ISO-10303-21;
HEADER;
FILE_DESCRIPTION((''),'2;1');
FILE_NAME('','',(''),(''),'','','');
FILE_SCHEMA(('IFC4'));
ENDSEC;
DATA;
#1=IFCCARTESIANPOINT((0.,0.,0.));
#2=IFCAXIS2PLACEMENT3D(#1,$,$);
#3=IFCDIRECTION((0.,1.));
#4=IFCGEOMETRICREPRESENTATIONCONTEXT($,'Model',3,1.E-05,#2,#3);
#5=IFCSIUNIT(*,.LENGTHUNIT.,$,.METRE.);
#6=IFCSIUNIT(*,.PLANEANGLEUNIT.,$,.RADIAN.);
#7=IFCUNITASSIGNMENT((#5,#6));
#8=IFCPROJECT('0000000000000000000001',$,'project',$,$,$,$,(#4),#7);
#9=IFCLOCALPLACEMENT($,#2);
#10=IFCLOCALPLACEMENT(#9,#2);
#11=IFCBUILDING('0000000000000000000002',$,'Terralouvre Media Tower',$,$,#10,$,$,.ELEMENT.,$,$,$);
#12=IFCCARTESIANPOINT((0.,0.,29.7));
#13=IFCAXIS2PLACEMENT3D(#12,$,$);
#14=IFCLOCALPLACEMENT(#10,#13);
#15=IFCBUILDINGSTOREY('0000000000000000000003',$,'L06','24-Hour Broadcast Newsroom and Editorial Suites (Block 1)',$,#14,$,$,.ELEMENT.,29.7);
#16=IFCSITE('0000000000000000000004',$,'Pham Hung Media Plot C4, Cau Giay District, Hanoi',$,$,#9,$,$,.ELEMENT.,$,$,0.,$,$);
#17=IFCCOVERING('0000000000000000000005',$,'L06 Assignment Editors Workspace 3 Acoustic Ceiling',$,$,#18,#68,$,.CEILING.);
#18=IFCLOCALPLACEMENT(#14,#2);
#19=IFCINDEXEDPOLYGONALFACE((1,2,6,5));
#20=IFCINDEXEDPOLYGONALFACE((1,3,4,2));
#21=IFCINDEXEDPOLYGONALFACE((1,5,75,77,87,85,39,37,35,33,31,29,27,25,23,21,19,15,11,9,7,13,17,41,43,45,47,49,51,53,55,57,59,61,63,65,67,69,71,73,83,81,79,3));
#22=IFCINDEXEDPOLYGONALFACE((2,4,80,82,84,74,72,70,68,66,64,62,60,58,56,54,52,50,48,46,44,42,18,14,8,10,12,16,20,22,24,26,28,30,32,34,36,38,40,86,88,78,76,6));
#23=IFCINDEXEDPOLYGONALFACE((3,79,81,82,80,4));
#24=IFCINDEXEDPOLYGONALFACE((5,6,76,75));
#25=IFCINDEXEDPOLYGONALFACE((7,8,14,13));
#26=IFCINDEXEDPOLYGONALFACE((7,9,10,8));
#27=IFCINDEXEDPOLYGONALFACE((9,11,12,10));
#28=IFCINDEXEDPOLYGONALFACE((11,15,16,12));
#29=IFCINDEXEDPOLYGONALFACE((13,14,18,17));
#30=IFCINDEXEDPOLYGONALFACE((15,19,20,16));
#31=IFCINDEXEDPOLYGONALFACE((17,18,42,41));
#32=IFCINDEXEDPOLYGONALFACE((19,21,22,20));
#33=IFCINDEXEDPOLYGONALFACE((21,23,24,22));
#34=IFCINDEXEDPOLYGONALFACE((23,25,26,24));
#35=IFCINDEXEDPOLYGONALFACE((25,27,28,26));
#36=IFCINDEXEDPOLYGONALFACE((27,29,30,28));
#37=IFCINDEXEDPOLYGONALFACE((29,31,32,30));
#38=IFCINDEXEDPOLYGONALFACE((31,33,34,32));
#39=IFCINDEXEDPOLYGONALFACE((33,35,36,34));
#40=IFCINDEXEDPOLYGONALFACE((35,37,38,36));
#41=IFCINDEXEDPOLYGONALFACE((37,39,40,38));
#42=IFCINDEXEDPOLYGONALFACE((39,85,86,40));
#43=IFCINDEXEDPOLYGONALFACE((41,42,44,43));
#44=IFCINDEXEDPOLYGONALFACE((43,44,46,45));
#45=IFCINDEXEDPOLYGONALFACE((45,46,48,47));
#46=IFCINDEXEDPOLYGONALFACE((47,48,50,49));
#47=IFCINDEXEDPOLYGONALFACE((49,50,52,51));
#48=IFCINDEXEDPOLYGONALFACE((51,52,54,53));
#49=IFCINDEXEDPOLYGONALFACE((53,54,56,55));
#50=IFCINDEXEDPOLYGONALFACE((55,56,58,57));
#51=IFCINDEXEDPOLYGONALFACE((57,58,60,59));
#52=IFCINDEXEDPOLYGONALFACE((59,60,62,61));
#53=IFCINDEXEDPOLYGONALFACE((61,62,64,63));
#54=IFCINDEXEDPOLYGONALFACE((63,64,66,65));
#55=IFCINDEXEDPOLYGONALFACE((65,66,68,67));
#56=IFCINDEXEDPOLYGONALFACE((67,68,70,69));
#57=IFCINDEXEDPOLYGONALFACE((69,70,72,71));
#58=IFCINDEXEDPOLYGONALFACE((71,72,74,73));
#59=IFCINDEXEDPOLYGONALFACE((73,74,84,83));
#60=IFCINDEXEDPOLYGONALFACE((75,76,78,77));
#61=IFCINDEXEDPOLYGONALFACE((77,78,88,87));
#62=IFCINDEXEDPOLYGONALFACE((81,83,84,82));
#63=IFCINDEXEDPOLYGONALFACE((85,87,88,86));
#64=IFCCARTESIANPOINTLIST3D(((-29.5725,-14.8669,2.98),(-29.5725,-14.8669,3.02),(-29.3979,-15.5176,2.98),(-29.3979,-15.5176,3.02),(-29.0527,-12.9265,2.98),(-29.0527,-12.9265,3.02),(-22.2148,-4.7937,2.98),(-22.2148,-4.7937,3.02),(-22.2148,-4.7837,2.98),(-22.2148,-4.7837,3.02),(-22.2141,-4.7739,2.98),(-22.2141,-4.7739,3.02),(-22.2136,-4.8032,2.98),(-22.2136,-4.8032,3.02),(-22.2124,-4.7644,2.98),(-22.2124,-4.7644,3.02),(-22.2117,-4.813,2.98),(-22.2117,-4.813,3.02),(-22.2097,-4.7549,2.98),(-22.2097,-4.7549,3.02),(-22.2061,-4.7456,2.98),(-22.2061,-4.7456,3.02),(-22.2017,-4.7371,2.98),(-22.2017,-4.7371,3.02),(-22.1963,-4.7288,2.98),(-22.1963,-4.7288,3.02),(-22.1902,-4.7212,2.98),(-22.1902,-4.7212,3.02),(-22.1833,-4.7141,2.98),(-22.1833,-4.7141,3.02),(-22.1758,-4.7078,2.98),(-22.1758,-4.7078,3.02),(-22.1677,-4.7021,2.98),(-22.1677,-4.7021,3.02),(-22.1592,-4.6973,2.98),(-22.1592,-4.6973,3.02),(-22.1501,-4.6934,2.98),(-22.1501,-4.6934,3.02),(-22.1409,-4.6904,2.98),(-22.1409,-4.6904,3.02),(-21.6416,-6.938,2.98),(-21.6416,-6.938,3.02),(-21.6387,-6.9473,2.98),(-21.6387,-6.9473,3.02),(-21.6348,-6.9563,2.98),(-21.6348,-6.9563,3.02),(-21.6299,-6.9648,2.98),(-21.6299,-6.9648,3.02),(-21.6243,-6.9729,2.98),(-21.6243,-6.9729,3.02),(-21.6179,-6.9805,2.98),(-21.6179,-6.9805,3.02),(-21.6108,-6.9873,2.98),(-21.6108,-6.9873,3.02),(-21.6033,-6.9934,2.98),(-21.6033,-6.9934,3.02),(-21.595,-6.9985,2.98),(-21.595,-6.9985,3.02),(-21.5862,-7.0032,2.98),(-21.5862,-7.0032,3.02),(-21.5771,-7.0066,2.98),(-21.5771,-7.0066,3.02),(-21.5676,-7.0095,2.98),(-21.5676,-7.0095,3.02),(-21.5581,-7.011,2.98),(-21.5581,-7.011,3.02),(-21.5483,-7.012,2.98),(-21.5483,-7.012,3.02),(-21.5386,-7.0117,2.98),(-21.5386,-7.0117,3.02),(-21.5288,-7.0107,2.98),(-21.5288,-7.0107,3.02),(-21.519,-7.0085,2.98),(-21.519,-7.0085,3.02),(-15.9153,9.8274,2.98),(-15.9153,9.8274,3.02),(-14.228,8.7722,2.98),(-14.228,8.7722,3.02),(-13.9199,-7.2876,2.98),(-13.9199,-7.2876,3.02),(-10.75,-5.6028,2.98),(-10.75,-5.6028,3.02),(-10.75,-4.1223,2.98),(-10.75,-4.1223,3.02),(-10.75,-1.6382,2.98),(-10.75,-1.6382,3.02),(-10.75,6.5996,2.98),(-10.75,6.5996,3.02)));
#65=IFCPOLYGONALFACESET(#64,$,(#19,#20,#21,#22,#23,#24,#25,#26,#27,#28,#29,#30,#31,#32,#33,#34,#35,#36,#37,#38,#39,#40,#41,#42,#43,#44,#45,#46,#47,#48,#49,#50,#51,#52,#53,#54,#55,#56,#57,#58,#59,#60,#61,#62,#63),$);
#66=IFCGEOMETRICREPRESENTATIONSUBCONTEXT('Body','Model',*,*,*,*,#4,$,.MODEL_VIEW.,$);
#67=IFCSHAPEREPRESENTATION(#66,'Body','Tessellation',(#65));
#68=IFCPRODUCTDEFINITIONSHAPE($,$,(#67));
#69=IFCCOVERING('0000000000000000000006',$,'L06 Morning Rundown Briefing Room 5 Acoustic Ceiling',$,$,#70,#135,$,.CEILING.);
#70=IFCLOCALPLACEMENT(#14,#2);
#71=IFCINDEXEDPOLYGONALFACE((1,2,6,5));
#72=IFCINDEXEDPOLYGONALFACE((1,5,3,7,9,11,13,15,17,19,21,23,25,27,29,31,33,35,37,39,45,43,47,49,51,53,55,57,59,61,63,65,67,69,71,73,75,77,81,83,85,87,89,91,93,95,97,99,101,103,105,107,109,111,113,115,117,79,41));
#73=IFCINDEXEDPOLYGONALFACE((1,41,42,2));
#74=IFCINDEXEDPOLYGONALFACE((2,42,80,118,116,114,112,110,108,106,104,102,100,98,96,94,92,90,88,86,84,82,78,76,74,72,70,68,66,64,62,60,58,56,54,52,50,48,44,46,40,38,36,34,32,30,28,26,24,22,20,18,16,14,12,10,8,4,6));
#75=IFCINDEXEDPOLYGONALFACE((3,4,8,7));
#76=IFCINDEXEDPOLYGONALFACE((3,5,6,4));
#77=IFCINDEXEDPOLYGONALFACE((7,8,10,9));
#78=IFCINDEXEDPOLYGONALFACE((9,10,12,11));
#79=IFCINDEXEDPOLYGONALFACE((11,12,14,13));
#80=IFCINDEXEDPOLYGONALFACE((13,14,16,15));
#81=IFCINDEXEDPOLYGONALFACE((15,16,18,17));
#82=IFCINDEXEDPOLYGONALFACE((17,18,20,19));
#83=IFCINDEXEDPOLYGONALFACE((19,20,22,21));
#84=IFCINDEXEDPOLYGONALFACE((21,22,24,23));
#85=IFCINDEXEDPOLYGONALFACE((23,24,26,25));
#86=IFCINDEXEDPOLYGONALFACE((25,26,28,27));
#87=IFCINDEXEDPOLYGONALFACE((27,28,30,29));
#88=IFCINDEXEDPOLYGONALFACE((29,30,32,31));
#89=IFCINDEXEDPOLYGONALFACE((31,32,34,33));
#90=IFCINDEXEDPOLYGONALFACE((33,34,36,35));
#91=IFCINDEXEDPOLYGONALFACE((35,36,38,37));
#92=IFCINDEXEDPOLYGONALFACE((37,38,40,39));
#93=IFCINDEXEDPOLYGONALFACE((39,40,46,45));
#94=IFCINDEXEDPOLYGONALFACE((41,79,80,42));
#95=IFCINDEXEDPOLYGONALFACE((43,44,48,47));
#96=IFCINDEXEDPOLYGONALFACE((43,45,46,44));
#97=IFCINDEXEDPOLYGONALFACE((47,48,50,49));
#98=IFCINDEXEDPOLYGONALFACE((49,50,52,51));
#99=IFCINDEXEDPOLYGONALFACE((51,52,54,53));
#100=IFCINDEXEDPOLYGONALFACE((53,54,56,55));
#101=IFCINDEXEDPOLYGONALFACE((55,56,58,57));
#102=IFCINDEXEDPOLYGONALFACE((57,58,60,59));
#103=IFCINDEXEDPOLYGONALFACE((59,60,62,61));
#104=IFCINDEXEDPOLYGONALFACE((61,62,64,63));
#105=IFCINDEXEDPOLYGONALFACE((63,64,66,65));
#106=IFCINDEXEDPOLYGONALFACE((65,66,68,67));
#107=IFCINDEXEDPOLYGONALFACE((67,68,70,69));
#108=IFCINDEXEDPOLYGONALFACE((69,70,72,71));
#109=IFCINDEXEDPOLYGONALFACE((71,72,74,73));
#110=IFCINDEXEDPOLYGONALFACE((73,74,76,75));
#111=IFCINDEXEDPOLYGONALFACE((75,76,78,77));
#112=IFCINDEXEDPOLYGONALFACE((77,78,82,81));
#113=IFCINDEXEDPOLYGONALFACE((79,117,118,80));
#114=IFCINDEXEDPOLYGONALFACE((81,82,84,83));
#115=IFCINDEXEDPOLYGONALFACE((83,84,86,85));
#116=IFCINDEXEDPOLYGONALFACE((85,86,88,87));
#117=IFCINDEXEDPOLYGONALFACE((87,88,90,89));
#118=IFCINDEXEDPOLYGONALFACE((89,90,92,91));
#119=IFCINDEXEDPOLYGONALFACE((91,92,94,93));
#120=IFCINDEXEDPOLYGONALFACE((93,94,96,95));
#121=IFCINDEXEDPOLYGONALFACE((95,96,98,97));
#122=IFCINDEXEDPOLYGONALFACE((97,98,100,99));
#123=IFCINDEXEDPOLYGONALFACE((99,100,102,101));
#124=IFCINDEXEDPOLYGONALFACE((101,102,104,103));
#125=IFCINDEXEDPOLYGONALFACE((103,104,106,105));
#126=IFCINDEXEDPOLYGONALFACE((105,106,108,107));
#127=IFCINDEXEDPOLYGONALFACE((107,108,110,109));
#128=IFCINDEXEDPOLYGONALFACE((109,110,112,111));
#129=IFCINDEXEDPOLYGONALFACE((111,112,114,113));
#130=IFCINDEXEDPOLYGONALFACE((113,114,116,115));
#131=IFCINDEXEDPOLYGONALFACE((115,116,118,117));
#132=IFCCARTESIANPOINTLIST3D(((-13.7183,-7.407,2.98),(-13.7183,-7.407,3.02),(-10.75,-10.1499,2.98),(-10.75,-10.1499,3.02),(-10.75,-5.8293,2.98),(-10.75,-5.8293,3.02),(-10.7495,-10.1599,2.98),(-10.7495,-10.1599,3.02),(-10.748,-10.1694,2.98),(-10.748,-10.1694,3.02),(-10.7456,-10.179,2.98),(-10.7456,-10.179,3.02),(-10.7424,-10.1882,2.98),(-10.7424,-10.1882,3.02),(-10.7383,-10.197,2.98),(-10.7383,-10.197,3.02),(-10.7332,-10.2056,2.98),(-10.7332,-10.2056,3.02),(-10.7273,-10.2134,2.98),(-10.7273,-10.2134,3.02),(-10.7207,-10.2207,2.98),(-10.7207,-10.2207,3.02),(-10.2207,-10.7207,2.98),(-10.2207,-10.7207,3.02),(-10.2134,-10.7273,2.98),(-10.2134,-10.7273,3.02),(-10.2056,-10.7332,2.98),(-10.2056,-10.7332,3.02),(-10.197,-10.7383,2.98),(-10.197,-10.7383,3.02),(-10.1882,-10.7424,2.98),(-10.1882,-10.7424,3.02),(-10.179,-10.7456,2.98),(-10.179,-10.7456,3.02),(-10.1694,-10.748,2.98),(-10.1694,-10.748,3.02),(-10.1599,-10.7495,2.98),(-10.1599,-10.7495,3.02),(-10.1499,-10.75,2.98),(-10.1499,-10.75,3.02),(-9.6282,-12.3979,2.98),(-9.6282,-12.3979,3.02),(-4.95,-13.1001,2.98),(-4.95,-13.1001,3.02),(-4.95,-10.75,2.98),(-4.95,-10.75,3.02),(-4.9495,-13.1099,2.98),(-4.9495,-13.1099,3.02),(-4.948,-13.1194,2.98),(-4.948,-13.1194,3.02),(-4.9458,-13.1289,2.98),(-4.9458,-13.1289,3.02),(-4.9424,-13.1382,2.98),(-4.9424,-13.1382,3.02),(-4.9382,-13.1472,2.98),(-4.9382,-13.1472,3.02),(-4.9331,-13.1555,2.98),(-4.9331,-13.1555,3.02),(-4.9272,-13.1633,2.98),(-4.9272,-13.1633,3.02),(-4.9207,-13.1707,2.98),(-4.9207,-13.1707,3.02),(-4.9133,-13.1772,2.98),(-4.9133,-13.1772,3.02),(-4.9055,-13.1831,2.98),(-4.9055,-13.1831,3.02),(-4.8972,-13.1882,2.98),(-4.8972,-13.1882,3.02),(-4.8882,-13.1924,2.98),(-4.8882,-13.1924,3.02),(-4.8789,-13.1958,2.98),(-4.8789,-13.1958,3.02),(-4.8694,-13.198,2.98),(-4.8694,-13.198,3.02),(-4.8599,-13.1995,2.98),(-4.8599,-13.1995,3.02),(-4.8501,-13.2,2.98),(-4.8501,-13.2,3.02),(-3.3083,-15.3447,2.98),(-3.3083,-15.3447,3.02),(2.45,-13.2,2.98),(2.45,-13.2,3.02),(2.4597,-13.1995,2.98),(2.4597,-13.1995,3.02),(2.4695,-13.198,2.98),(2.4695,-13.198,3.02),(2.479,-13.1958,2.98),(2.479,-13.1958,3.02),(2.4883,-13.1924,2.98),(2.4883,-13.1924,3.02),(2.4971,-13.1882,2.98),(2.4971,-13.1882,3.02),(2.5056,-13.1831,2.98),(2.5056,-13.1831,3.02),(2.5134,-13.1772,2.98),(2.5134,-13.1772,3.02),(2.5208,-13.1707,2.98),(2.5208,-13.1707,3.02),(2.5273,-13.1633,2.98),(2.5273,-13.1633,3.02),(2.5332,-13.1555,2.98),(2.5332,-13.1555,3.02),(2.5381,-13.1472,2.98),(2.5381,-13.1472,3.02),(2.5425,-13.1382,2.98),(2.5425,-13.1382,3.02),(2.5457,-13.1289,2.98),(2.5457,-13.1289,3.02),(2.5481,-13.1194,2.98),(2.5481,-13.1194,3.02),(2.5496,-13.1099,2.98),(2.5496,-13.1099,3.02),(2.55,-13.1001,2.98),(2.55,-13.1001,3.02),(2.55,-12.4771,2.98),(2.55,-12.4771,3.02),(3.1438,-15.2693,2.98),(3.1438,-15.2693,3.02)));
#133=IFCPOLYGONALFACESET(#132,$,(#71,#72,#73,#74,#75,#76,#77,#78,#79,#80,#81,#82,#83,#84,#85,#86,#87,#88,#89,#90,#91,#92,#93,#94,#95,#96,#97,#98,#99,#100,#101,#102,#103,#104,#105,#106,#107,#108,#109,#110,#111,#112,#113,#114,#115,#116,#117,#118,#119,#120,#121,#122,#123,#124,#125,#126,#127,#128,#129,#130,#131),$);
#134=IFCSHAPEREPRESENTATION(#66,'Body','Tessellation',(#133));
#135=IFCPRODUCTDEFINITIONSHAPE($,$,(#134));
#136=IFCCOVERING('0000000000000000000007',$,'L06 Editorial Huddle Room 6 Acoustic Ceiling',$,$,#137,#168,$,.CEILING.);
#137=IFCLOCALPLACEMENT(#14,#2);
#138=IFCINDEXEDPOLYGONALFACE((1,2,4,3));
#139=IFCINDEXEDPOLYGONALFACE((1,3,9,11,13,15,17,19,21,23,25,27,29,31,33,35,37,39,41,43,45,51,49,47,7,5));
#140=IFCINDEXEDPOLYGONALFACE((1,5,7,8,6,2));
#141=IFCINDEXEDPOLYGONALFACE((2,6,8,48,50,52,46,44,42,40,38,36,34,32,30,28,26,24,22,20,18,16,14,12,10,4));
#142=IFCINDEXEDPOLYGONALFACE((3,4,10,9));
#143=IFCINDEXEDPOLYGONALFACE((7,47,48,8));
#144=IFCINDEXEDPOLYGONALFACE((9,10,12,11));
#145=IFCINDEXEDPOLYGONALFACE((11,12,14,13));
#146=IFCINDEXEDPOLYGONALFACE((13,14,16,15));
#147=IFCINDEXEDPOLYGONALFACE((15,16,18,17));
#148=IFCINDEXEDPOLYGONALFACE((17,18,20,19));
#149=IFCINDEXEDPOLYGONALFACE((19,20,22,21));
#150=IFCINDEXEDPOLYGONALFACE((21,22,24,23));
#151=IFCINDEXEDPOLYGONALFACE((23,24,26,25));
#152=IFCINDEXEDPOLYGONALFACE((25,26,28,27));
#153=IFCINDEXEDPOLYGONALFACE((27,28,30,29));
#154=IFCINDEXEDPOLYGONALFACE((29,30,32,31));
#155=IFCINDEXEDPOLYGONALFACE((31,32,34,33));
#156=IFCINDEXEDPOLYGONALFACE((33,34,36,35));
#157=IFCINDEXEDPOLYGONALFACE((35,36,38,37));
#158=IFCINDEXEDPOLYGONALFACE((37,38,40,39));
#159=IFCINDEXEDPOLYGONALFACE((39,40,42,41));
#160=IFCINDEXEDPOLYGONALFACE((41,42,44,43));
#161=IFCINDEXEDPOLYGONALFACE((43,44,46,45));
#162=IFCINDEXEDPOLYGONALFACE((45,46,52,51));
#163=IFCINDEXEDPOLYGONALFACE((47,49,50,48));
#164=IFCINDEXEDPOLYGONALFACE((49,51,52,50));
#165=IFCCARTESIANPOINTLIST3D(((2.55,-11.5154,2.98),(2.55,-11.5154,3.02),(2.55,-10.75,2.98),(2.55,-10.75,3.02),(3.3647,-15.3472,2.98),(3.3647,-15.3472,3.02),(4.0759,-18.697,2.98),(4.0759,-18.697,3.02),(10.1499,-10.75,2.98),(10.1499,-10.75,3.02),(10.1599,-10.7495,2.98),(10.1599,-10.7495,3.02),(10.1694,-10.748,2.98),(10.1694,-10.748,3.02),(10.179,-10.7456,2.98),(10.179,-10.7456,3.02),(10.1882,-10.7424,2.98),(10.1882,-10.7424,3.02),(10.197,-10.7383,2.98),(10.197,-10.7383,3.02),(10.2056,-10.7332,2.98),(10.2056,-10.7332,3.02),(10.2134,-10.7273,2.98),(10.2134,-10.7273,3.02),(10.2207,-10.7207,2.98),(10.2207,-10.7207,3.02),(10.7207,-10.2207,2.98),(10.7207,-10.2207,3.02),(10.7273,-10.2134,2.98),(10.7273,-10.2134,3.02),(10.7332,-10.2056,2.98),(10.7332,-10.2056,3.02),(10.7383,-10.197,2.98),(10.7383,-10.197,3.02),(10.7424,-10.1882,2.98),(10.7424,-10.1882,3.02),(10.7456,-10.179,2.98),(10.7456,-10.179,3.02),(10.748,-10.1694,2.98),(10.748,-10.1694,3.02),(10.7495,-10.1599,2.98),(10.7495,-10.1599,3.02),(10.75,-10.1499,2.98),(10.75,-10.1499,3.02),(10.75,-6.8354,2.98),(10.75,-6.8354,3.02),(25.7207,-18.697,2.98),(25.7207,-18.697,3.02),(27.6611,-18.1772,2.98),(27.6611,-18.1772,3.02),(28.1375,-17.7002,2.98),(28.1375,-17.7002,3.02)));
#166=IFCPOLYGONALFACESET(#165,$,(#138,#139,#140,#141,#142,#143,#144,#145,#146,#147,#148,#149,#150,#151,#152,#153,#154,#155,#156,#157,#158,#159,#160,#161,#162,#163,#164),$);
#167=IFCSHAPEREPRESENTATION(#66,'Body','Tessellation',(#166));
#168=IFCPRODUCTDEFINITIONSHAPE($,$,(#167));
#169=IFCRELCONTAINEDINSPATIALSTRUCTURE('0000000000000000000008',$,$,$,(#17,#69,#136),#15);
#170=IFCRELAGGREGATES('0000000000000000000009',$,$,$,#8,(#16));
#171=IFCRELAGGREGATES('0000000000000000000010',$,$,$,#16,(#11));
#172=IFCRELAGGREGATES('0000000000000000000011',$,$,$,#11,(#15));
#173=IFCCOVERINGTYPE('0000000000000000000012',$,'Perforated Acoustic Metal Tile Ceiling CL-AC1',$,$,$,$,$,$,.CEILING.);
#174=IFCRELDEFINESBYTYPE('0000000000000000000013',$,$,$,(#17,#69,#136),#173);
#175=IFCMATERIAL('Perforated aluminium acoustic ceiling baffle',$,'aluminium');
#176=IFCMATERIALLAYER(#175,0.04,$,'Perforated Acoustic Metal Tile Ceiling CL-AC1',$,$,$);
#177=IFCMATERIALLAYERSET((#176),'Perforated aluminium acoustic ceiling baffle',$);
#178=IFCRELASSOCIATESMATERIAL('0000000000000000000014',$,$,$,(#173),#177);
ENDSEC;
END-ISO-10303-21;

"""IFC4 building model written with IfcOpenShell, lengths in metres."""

from ifc_helpers import new_model, si_unit, direction, frame, origin, place, context, subcontext, project, spatial, polyline, outline, extrude, material, layer, layer_set, type_object, element, save


model = new_model("IFC4")

# Units and contexts
model_context = context("Model", 3, precision=1e-05, world=origin(), true_north=direction((0.0, 1.0)))
body_context = subcontext(model_context, "Body", "Model", "MODEL_VIEW")
ifc_project = project(units=[si_unit("LENGTHUNIT", "METRE"), si_unit("PLANEANGLEUNIT", "RADIAN")], contexts=[model_context])

# Site, building, storey
site_placement = place(None, origin())
site = spatial("IfcSite", under=ifc_project, at=site_placement, Name="Pham Hung Media Plot C4, Cau Giay District, Hanoi", CompositionType="ELEMENT", RefElevation=0.0)
building_placement = place(site_placement, origin())
building = spatial("IfcBuilding", under=site, at=building_placement, Name="Terralouvre Media Tower", CompositionType="ELEMENT")
storey_placement = place(building_placement, frame((0.0, 0.0, 29.7)))
storey = spatial("IfcBuildingStorey", under=building, at=storey_placement, Name="L06", Description="24-Hour Broadcast Newsroom and Editorial Suites (Block 1)", CompositionType="ELEMENT", Elevation=29.7)

# Coverings
ifc_material_1 = material(Name="Perforated aluminium acoustic ceiling baffle", Category="aluminium")
ifc_layer_1 = layer(ifc_material_1, 0.04, Name="Perforated Acoustic Metal Tile Ceiling CL-AC1")
ifc_layer_set_1 = layer_set([ifc_layer_1], Name="Perforated aluminium acoustic ceiling baffle")
covering_type_1 = type_object("IfcCoveringType", Name="Perforated Acoustic Metal Tile Ceiling CL-AC1", PredefinedType="CEILING", material=ifc_layer_set_1)
covering_1_placement = place(storey_placement, frame((0.0, 0.0, 2.98)))
element("IfcCovering", 1, at=covering_1_placement, inside=storey, type_object=covering_type_1, Name="L06 Assignment Editors Workspace 3 Acoustic Ceiling", PredefinedType="CEILING", context=body_context, shape_type="SweptSolid", body=[
    extrude(outline(polyline([(-10.75, -5.6028), (-10.75, -4.1223), (-21.519, -7.0085), (-21.5288, -7.0107), (-21.5386, -7.0117), (-21.5483, -7.012), (-21.5581, -7.011), (-21.5676, -7.0095), (-21.5771, -7.0066), (-21.5862, -7.0032), (-21.595, -6.9985), (-21.6033, -6.9934), (-21.6108, -6.9873), (-21.6179, -6.9805), (-21.6243, -6.9729), (-21.6299, -6.9648), (-21.6348, -6.9563), (-21.6387, -6.9473), (-21.6416, -6.938), (-22.2117, -4.813), (-22.2136, -4.8032), (-22.2148, -4.7937), (-22.2148, -4.7837), (-22.2141, -4.7739), (-22.2124, -4.7644), (-22.2097, -4.7549), (-22.2061, -4.7456), (-22.2017, -4.7371), (-22.1963, -4.7288), (-22.1902, -4.7212), (-22.1833, -4.7141), (-22.1758, -4.7078), (-22.1677, -4.7021), (-22.1592, -4.6973), (-22.1501, -4.6934), (-22.1409, -4.6904), (-10.75, -1.6382), (-10.75, 6.5996), (-14.228, 8.7722), (-15.9153, 9.8274), (-29.0527, -12.9265), (-29.5725, -14.8669), (-29.3979, -15.5176), (-13.9199, -7.2876), (-10.75, -5.6028)])), origin(), (0.0, 0.0, 1.0), 0.04),
])
covering_2_placement = place(storey_placement, frame((0.0, 0.0, 2.98)))
element("IfcCovering", 2, at=covering_2_placement, inside=storey, type_object=covering_type_1, Name="L06 Morning Rundown Briefing Room 5 Acoustic Ceiling", PredefinedType="CEILING", context=body_context, shape_type="SweptSolid", body=[
    extrude(outline(polyline([(-9.6282, -12.3979), (-3.3083, -15.3447), (3.1438, -15.2693), (2.55, -12.4771), (2.55, -13.1001), (2.5496, -13.1099), (2.5481, -13.1194), (2.5457, -13.1289), (2.5425, -13.1382), (2.5381, -13.1472), (2.5332, -13.1555), (2.5273, -13.1633), (2.5208, -13.1707), (2.5134, -13.1772), (2.5056, -13.1831), (2.4971, -13.1882), (2.4883, -13.1924), (2.479, -13.1958), (2.4695, -13.198), (2.4597, -13.1995), (2.45, -13.2), (-4.8501, -13.2), (-4.8599, -13.1995), (-4.8694, -13.198), (-4.8789, -13.1958), (-4.8882, -13.1924), (-4.8972, -13.1882), (-4.9055, -13.1831), (-4.9133, -13.1772), (-4.9207, -13.1707), (-4.9272, -13.1633), (-4.9331, -13.1555), (-4.9382, -13.1472), (-4.9424, -13.1382), (-4.9458, -13.1289), (-4.948, -13.1194), (-4.9495, -13.1099), (-4.95, -13.1001), (-4.95, -10.75), (-10.1499, -10.75), (-10.1599, -10.7495), (-10.1694, -10.748), (-10.179, -10.7456), (-10.1882, -10.7424), (-10.197, -10.7383), (-10.2056, -10.7332), (-10.2134, -10.7273), (-10.2207, -10.7207), (-10.7207, -10.2207), (-10.7273, -10.2134), (-10.7332, -10.2056), (-10.7383, -10.197), (-10.7424, -10.1882), (-10.7456, -10.179), (-10.748, -10.1694), (-10.7495, -10.1599), (-10.75, -10.1499), (-10.75, -5.8293), (-13.7183, -7.407), (-9.6282, -12.3979)])), origin(), (0.0, 0.0, 1.0), 0.04),
])
covering_3_placement = place(storey_placement, frame((0.0, 0.0, 2.98)))
element("IfcCovering", 3, at=covering_3_placement, inside=storey, type_object=covering_type_1, Name="L06 Editorial Huddle Room 6 Acoustic Ceiling", PredefinedType="CEILING", context=body_context, shape_type="SweptSolid", body=[
    extrude(outline(polyline([(10.75, -10.1499), (10.7495, -10.1599), (10.748, -10.1694), (10.7456, -10.179), (10.7424, -10.1882), (10.7383, -10.197), (10.7332, -10.2056), (10.7273, -10.2134), (10.7207, -10.2207), (10.2207, -10.7207), (10.2134, -10.7273), (10.2056, -10.7332), (10.197, -10.7383), (10.1882, -10.7424), (10.179, -10.7456), (10.1694, -10.748), (10.1599, -10.7495), (10.1499, -10.75), (2.55, -10.75), (2.55, -11.5154), (3.3647, -15.3472), (4.0759, -18.697), (25.7207, -18.697), (27.6611, -18.1772), (28.1375, -17.7002), (10.75, -6.8354), (10.75, -10.1499)])), origin(), (0.0, 0.0, 1.0), 0.04),
])

save(model, "model.ifc")
